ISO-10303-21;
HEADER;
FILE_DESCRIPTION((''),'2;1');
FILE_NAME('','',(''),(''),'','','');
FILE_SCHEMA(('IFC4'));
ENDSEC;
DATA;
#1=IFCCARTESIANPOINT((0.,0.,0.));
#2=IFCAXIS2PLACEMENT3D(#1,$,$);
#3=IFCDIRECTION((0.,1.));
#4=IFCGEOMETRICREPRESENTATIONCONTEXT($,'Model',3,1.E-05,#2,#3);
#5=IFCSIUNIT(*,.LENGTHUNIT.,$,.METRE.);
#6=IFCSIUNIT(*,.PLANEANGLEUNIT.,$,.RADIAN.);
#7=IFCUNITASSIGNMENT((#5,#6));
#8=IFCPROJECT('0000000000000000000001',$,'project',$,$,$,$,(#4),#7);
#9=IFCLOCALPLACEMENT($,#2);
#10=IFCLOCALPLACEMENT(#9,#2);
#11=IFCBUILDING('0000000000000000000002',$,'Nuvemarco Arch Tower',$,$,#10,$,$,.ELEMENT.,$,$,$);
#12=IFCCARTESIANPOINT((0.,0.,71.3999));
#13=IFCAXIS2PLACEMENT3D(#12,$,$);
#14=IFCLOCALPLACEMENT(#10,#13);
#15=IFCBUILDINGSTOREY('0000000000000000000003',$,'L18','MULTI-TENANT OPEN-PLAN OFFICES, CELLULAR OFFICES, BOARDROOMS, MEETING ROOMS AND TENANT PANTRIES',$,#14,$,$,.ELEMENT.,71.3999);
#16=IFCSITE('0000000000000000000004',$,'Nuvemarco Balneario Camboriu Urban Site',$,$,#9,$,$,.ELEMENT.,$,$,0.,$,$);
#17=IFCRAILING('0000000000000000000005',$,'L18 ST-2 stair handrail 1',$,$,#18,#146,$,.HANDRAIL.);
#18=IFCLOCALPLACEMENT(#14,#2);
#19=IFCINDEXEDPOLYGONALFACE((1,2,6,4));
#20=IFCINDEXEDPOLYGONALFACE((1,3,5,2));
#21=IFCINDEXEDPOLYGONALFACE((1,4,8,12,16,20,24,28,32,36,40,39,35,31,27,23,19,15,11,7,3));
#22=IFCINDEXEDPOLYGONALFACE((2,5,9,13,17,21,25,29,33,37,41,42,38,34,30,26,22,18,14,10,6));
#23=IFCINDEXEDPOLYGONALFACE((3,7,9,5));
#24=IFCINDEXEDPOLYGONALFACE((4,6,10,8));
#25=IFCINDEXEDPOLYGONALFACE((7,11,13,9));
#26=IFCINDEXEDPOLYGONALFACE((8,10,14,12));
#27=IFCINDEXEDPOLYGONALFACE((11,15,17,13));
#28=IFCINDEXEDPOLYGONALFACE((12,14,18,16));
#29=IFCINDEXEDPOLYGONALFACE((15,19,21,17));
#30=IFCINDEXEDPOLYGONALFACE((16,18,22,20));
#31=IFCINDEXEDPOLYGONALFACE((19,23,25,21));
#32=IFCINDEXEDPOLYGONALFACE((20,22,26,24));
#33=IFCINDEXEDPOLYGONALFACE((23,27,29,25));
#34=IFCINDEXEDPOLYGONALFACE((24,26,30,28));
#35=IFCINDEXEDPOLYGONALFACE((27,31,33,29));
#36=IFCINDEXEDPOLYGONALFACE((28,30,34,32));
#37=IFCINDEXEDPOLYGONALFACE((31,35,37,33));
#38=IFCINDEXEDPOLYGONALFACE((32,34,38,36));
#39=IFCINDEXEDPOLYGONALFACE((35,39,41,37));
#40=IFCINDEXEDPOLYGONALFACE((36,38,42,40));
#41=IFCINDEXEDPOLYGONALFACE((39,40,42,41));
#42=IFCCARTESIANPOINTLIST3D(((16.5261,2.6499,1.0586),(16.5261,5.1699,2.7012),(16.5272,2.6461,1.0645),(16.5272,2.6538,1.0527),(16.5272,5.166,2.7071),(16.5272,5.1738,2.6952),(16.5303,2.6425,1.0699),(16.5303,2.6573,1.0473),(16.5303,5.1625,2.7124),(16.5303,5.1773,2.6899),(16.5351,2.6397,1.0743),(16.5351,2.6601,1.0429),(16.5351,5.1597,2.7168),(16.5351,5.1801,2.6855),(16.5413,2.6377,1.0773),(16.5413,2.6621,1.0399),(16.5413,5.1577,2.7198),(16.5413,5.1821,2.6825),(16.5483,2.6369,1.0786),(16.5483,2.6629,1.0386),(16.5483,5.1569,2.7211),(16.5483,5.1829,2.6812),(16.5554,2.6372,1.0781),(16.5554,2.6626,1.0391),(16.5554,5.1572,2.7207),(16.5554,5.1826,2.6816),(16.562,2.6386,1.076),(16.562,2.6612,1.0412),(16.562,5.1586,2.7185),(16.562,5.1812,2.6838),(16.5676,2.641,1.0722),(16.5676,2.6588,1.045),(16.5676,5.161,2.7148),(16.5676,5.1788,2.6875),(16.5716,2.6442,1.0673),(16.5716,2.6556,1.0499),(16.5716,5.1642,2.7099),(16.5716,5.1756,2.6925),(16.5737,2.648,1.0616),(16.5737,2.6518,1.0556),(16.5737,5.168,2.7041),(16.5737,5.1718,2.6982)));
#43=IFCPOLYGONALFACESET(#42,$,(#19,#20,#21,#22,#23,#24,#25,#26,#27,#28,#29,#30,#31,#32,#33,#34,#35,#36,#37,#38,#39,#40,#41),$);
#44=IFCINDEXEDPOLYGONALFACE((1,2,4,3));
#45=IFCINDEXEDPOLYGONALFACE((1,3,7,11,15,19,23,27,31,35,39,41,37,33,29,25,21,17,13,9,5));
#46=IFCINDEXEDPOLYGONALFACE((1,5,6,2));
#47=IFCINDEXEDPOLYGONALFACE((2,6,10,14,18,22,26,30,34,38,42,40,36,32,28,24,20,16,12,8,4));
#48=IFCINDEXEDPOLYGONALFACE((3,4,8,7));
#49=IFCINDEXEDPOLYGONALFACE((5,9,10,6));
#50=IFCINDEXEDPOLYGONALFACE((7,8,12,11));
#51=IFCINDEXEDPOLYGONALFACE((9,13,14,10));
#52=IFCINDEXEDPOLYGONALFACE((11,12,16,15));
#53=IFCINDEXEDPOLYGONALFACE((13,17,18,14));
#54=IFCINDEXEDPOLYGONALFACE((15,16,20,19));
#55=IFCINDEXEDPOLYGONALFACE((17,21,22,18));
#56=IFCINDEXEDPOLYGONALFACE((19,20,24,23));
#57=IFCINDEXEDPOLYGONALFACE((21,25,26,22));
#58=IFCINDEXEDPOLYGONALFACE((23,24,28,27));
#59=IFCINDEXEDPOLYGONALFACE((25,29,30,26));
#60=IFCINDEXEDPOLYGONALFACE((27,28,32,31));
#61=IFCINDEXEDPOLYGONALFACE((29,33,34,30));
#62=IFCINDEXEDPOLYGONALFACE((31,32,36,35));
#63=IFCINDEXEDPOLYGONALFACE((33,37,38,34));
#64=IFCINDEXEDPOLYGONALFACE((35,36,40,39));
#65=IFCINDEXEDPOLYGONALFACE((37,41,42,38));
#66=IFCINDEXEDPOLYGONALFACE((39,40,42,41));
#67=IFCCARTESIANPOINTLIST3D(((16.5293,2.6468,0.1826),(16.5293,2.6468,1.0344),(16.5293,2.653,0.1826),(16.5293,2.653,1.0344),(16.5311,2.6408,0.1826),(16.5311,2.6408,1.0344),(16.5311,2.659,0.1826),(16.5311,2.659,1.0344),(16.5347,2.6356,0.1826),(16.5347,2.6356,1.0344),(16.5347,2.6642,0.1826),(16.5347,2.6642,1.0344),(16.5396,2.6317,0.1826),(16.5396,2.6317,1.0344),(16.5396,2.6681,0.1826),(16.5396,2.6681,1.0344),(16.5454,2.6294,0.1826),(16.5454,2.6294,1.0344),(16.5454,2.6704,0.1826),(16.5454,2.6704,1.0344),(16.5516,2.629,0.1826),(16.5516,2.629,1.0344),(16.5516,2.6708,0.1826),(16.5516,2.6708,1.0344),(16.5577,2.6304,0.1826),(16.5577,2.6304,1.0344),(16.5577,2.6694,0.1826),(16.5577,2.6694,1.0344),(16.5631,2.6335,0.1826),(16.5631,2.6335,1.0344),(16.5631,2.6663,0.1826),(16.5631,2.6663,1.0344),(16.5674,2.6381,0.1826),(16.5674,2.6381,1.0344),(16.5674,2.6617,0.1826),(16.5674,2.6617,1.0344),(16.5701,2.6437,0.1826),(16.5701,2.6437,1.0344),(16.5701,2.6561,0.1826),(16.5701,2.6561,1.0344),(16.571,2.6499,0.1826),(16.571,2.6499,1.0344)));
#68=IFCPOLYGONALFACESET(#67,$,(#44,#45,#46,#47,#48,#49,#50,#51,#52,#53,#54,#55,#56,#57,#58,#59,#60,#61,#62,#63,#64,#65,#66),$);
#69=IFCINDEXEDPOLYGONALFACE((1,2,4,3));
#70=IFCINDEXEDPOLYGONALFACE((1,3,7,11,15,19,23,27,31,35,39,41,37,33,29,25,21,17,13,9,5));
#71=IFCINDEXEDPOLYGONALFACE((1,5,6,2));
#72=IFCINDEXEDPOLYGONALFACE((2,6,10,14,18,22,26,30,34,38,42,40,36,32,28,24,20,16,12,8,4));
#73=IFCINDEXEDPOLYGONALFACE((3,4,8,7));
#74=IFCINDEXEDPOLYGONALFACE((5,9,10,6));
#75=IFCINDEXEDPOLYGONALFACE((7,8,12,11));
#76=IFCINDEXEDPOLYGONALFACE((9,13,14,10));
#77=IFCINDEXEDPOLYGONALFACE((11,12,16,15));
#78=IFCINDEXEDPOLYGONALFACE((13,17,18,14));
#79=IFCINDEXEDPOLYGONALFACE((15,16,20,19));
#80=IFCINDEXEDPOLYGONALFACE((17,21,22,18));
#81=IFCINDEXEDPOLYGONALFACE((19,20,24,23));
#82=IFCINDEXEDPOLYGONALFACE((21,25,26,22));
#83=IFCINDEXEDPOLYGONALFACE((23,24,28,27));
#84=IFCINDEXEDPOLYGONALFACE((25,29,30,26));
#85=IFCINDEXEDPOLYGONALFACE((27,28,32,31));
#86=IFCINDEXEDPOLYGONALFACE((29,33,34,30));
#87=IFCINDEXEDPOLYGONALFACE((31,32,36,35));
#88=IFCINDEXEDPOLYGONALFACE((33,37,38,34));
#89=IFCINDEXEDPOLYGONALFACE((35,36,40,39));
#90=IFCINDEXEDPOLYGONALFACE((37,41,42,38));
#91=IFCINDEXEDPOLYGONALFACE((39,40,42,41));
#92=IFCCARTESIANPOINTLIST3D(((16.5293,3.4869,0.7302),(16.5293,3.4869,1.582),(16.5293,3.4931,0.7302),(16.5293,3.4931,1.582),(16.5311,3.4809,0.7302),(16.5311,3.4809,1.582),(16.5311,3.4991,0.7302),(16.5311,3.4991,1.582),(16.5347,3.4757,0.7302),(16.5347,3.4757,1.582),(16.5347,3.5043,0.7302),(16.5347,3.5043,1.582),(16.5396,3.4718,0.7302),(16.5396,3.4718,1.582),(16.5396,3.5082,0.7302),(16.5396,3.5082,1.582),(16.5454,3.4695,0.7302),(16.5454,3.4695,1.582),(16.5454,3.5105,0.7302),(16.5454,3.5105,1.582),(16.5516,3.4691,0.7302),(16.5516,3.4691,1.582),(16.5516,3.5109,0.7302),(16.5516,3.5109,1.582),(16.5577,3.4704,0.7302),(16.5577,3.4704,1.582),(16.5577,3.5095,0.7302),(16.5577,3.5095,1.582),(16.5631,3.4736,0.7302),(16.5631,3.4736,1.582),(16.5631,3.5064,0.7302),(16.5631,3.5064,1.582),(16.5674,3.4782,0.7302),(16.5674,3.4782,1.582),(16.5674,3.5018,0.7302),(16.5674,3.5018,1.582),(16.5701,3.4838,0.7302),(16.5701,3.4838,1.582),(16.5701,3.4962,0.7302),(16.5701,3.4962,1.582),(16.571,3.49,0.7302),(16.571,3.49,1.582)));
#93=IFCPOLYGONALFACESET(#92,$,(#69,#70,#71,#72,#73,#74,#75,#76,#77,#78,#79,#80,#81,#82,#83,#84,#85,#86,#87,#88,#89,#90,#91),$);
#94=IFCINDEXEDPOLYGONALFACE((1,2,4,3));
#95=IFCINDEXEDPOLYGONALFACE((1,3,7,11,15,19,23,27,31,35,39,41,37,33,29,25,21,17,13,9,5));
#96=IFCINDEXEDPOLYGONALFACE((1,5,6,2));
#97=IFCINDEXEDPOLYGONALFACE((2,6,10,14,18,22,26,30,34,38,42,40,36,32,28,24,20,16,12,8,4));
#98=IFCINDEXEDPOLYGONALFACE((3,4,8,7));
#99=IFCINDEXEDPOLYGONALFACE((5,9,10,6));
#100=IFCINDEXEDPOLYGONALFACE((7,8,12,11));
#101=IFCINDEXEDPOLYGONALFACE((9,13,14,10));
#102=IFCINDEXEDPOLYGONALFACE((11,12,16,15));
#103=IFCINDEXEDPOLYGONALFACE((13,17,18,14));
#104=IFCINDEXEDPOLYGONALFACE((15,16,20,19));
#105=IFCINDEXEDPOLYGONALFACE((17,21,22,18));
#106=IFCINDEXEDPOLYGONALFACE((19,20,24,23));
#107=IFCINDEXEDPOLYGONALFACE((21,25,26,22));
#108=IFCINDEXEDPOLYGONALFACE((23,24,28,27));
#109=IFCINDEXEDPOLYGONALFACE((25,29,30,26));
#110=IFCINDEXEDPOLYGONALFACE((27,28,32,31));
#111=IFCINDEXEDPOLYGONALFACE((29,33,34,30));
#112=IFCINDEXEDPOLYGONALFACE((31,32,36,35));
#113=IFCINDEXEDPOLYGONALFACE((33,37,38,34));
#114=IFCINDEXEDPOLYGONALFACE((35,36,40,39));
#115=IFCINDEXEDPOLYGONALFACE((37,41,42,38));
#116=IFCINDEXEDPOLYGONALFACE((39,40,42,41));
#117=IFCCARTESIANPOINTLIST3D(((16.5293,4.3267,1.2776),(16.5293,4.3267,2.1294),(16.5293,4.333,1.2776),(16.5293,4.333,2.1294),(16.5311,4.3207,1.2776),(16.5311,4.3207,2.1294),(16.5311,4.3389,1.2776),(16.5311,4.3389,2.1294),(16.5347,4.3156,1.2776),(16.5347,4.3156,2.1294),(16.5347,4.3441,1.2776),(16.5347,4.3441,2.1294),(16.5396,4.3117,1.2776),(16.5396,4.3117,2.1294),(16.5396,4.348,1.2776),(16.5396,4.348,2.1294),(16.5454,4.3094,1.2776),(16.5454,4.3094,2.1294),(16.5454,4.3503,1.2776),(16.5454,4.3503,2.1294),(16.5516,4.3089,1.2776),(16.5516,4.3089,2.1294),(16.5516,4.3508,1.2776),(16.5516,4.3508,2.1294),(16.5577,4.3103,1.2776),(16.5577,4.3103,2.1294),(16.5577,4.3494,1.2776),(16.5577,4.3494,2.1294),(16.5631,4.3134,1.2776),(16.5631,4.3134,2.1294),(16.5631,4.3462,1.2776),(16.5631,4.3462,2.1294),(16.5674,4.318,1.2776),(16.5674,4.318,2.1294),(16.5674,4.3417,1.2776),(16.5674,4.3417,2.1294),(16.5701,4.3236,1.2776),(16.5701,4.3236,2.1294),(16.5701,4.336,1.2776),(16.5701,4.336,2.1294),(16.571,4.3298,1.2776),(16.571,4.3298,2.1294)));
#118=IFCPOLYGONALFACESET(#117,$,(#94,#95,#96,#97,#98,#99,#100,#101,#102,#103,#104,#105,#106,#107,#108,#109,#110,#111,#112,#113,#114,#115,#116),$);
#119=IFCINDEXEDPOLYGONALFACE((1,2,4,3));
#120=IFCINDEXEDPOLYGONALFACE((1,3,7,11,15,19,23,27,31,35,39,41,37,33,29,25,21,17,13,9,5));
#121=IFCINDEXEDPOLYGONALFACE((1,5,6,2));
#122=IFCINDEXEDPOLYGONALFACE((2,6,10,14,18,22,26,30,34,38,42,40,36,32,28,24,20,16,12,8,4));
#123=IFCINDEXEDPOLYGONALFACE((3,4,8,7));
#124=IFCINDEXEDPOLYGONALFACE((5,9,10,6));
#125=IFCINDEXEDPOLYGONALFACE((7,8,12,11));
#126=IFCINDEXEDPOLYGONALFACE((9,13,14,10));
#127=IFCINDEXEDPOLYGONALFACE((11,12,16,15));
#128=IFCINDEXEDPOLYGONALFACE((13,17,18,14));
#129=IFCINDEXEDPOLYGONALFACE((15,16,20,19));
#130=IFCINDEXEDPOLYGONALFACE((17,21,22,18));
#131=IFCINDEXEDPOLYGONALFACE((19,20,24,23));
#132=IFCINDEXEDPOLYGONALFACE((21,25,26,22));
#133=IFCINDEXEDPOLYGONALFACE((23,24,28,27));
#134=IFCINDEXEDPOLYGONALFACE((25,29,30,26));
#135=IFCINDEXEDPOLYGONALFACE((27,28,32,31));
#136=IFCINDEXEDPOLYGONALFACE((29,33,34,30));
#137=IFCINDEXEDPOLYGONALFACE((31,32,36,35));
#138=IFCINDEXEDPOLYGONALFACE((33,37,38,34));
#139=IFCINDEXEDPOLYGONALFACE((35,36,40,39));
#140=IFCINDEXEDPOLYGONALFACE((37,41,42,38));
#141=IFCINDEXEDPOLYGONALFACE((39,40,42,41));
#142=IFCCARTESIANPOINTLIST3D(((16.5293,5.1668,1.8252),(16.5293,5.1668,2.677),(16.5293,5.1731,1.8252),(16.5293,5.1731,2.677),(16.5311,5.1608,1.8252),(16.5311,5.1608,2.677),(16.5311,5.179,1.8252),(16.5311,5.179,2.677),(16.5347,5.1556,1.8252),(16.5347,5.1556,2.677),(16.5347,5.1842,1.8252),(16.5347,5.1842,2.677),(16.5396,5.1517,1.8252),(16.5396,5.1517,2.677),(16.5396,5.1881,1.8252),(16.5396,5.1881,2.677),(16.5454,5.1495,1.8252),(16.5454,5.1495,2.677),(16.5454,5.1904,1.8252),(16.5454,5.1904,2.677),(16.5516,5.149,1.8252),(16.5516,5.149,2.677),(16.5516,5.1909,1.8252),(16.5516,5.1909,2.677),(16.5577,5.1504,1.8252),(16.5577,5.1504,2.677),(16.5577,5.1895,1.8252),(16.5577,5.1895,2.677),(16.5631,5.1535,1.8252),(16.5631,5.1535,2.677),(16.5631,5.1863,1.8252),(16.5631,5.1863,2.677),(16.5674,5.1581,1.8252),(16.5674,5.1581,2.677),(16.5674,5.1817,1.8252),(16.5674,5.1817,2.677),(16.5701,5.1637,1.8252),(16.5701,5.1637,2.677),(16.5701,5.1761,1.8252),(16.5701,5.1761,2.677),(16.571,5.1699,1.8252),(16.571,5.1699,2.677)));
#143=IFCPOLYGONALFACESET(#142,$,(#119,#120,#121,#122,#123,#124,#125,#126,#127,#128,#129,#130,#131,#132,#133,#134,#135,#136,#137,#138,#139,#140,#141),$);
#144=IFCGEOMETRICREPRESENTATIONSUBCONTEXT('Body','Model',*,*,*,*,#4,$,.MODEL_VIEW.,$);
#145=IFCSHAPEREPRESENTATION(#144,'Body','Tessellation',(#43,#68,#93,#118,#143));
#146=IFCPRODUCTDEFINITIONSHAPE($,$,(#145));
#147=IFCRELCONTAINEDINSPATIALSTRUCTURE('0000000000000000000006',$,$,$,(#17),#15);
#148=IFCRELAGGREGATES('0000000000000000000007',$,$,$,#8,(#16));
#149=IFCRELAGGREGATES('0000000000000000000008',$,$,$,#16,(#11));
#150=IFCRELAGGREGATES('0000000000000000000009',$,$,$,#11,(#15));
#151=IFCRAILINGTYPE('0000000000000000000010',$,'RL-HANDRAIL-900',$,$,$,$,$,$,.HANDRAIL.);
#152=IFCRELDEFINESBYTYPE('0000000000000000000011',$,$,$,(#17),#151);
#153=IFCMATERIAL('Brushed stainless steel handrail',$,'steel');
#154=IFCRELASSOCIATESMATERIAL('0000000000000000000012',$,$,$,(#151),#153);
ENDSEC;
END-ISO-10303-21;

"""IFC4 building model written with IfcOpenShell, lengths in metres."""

from ifc_helpers import new_model, si_unit, direction, frame, origin, origin_2d, place, context, subcontext, project, spatial, circle, extrude, material, type_object, element, save


model = new_model("IFC4")

# Units and contexts
model_context = context("Model", 3, precision=1e-05, world=origin(), true_north=direction((0.0, 1.0)))
body_context = subcontext(model_context, "Body", "Model", "MODEL_VIEW")
ifc_project = project(units=[si_unit("LENGTHUNIT", "METRE"), si_unit("PLANEANGLEUNIT", "RADIAN")], contexts=[model_context])

# Site, building, storey
site_placement = place(None, origin())
site = spatial("IfcSite", under=ifc_project, at=site_placement, Name="Nuvemarco Balneario Camboriu Urban Site", CompositionType="ELEMENT", RefElevation=0.0)
building_placement = place(site_placement, origin())
building = spatial("IfcBuilding", under=site, at=building_placement, Name="Nuvemarco Arch Tower", CompositionType="ELEMENT")
storey_placement = place(building_placement, frame((0.0, 0.0, 71.3999)))
storey = spatial("IfcBuildingStorey", under=building, at=storey_placement, Name="L18", Description="MULTI-TENANT OPEN-PLAN OFFICES, CELLULAR OFFICES, BOARDROOMS, MEETING ROOMS AND TENANT PANTRIES", CompositionType="ELEMENT", Elevation=71.3999)

# Railing
ifc_material_1 = material(Name="Brushed stainless steel handrail", Category="steel")
railing_type_1 = type_object("IfcRailingType", Name="RL-HANDRAIL-900", PredefinedType="HANDRAIL", material=ifc_material_1)
railing_1_placement = place(storey_placement, frame((16.55, 2.6499, 0.1826)))
element("IfcRailing", 1, at=railing_1_placement, inside=storey, type_object=railing_type_1, Name="L18 ST-2 stair handrail 1", PredefinedType="HANDRAIL", context=body_context, shape_type="SweptSolid", body=[
    extrude(circle(Radius=0.0239, at=origin_2d()), frame((0.0, 0.0, 0.876), z_axis=(0.0, 0.837749, 0.546055), x_axis=(-1.0, 0.0, 0.0)), (0.0, 0.0, 1.0), 3.0081),
    extrude(circle(Radius=0.021, at=origin_2d()), origin(), (0.0, 0.0, 1.0), 0.8518),
    extrude(circle(Radius=0.021, at=origin_2d()), frame((0.0, 0.8401, 0.5476)), (0.0, 0.0, 1.0), 0.8518),
    extrude(circle(Radius=0.021, at=origin_2d()), frame((0.0, 1.6799, 1.095)), (0.0, 0.0, 1.0), 0.8518),
    extrude(circle(Radius=0.021, at=origin_2d()), frame((0.0, 2.52, 1.6426)), (0.0, 0.0, 1.0), 0.8518),
])

save(model, "model.ifc")
